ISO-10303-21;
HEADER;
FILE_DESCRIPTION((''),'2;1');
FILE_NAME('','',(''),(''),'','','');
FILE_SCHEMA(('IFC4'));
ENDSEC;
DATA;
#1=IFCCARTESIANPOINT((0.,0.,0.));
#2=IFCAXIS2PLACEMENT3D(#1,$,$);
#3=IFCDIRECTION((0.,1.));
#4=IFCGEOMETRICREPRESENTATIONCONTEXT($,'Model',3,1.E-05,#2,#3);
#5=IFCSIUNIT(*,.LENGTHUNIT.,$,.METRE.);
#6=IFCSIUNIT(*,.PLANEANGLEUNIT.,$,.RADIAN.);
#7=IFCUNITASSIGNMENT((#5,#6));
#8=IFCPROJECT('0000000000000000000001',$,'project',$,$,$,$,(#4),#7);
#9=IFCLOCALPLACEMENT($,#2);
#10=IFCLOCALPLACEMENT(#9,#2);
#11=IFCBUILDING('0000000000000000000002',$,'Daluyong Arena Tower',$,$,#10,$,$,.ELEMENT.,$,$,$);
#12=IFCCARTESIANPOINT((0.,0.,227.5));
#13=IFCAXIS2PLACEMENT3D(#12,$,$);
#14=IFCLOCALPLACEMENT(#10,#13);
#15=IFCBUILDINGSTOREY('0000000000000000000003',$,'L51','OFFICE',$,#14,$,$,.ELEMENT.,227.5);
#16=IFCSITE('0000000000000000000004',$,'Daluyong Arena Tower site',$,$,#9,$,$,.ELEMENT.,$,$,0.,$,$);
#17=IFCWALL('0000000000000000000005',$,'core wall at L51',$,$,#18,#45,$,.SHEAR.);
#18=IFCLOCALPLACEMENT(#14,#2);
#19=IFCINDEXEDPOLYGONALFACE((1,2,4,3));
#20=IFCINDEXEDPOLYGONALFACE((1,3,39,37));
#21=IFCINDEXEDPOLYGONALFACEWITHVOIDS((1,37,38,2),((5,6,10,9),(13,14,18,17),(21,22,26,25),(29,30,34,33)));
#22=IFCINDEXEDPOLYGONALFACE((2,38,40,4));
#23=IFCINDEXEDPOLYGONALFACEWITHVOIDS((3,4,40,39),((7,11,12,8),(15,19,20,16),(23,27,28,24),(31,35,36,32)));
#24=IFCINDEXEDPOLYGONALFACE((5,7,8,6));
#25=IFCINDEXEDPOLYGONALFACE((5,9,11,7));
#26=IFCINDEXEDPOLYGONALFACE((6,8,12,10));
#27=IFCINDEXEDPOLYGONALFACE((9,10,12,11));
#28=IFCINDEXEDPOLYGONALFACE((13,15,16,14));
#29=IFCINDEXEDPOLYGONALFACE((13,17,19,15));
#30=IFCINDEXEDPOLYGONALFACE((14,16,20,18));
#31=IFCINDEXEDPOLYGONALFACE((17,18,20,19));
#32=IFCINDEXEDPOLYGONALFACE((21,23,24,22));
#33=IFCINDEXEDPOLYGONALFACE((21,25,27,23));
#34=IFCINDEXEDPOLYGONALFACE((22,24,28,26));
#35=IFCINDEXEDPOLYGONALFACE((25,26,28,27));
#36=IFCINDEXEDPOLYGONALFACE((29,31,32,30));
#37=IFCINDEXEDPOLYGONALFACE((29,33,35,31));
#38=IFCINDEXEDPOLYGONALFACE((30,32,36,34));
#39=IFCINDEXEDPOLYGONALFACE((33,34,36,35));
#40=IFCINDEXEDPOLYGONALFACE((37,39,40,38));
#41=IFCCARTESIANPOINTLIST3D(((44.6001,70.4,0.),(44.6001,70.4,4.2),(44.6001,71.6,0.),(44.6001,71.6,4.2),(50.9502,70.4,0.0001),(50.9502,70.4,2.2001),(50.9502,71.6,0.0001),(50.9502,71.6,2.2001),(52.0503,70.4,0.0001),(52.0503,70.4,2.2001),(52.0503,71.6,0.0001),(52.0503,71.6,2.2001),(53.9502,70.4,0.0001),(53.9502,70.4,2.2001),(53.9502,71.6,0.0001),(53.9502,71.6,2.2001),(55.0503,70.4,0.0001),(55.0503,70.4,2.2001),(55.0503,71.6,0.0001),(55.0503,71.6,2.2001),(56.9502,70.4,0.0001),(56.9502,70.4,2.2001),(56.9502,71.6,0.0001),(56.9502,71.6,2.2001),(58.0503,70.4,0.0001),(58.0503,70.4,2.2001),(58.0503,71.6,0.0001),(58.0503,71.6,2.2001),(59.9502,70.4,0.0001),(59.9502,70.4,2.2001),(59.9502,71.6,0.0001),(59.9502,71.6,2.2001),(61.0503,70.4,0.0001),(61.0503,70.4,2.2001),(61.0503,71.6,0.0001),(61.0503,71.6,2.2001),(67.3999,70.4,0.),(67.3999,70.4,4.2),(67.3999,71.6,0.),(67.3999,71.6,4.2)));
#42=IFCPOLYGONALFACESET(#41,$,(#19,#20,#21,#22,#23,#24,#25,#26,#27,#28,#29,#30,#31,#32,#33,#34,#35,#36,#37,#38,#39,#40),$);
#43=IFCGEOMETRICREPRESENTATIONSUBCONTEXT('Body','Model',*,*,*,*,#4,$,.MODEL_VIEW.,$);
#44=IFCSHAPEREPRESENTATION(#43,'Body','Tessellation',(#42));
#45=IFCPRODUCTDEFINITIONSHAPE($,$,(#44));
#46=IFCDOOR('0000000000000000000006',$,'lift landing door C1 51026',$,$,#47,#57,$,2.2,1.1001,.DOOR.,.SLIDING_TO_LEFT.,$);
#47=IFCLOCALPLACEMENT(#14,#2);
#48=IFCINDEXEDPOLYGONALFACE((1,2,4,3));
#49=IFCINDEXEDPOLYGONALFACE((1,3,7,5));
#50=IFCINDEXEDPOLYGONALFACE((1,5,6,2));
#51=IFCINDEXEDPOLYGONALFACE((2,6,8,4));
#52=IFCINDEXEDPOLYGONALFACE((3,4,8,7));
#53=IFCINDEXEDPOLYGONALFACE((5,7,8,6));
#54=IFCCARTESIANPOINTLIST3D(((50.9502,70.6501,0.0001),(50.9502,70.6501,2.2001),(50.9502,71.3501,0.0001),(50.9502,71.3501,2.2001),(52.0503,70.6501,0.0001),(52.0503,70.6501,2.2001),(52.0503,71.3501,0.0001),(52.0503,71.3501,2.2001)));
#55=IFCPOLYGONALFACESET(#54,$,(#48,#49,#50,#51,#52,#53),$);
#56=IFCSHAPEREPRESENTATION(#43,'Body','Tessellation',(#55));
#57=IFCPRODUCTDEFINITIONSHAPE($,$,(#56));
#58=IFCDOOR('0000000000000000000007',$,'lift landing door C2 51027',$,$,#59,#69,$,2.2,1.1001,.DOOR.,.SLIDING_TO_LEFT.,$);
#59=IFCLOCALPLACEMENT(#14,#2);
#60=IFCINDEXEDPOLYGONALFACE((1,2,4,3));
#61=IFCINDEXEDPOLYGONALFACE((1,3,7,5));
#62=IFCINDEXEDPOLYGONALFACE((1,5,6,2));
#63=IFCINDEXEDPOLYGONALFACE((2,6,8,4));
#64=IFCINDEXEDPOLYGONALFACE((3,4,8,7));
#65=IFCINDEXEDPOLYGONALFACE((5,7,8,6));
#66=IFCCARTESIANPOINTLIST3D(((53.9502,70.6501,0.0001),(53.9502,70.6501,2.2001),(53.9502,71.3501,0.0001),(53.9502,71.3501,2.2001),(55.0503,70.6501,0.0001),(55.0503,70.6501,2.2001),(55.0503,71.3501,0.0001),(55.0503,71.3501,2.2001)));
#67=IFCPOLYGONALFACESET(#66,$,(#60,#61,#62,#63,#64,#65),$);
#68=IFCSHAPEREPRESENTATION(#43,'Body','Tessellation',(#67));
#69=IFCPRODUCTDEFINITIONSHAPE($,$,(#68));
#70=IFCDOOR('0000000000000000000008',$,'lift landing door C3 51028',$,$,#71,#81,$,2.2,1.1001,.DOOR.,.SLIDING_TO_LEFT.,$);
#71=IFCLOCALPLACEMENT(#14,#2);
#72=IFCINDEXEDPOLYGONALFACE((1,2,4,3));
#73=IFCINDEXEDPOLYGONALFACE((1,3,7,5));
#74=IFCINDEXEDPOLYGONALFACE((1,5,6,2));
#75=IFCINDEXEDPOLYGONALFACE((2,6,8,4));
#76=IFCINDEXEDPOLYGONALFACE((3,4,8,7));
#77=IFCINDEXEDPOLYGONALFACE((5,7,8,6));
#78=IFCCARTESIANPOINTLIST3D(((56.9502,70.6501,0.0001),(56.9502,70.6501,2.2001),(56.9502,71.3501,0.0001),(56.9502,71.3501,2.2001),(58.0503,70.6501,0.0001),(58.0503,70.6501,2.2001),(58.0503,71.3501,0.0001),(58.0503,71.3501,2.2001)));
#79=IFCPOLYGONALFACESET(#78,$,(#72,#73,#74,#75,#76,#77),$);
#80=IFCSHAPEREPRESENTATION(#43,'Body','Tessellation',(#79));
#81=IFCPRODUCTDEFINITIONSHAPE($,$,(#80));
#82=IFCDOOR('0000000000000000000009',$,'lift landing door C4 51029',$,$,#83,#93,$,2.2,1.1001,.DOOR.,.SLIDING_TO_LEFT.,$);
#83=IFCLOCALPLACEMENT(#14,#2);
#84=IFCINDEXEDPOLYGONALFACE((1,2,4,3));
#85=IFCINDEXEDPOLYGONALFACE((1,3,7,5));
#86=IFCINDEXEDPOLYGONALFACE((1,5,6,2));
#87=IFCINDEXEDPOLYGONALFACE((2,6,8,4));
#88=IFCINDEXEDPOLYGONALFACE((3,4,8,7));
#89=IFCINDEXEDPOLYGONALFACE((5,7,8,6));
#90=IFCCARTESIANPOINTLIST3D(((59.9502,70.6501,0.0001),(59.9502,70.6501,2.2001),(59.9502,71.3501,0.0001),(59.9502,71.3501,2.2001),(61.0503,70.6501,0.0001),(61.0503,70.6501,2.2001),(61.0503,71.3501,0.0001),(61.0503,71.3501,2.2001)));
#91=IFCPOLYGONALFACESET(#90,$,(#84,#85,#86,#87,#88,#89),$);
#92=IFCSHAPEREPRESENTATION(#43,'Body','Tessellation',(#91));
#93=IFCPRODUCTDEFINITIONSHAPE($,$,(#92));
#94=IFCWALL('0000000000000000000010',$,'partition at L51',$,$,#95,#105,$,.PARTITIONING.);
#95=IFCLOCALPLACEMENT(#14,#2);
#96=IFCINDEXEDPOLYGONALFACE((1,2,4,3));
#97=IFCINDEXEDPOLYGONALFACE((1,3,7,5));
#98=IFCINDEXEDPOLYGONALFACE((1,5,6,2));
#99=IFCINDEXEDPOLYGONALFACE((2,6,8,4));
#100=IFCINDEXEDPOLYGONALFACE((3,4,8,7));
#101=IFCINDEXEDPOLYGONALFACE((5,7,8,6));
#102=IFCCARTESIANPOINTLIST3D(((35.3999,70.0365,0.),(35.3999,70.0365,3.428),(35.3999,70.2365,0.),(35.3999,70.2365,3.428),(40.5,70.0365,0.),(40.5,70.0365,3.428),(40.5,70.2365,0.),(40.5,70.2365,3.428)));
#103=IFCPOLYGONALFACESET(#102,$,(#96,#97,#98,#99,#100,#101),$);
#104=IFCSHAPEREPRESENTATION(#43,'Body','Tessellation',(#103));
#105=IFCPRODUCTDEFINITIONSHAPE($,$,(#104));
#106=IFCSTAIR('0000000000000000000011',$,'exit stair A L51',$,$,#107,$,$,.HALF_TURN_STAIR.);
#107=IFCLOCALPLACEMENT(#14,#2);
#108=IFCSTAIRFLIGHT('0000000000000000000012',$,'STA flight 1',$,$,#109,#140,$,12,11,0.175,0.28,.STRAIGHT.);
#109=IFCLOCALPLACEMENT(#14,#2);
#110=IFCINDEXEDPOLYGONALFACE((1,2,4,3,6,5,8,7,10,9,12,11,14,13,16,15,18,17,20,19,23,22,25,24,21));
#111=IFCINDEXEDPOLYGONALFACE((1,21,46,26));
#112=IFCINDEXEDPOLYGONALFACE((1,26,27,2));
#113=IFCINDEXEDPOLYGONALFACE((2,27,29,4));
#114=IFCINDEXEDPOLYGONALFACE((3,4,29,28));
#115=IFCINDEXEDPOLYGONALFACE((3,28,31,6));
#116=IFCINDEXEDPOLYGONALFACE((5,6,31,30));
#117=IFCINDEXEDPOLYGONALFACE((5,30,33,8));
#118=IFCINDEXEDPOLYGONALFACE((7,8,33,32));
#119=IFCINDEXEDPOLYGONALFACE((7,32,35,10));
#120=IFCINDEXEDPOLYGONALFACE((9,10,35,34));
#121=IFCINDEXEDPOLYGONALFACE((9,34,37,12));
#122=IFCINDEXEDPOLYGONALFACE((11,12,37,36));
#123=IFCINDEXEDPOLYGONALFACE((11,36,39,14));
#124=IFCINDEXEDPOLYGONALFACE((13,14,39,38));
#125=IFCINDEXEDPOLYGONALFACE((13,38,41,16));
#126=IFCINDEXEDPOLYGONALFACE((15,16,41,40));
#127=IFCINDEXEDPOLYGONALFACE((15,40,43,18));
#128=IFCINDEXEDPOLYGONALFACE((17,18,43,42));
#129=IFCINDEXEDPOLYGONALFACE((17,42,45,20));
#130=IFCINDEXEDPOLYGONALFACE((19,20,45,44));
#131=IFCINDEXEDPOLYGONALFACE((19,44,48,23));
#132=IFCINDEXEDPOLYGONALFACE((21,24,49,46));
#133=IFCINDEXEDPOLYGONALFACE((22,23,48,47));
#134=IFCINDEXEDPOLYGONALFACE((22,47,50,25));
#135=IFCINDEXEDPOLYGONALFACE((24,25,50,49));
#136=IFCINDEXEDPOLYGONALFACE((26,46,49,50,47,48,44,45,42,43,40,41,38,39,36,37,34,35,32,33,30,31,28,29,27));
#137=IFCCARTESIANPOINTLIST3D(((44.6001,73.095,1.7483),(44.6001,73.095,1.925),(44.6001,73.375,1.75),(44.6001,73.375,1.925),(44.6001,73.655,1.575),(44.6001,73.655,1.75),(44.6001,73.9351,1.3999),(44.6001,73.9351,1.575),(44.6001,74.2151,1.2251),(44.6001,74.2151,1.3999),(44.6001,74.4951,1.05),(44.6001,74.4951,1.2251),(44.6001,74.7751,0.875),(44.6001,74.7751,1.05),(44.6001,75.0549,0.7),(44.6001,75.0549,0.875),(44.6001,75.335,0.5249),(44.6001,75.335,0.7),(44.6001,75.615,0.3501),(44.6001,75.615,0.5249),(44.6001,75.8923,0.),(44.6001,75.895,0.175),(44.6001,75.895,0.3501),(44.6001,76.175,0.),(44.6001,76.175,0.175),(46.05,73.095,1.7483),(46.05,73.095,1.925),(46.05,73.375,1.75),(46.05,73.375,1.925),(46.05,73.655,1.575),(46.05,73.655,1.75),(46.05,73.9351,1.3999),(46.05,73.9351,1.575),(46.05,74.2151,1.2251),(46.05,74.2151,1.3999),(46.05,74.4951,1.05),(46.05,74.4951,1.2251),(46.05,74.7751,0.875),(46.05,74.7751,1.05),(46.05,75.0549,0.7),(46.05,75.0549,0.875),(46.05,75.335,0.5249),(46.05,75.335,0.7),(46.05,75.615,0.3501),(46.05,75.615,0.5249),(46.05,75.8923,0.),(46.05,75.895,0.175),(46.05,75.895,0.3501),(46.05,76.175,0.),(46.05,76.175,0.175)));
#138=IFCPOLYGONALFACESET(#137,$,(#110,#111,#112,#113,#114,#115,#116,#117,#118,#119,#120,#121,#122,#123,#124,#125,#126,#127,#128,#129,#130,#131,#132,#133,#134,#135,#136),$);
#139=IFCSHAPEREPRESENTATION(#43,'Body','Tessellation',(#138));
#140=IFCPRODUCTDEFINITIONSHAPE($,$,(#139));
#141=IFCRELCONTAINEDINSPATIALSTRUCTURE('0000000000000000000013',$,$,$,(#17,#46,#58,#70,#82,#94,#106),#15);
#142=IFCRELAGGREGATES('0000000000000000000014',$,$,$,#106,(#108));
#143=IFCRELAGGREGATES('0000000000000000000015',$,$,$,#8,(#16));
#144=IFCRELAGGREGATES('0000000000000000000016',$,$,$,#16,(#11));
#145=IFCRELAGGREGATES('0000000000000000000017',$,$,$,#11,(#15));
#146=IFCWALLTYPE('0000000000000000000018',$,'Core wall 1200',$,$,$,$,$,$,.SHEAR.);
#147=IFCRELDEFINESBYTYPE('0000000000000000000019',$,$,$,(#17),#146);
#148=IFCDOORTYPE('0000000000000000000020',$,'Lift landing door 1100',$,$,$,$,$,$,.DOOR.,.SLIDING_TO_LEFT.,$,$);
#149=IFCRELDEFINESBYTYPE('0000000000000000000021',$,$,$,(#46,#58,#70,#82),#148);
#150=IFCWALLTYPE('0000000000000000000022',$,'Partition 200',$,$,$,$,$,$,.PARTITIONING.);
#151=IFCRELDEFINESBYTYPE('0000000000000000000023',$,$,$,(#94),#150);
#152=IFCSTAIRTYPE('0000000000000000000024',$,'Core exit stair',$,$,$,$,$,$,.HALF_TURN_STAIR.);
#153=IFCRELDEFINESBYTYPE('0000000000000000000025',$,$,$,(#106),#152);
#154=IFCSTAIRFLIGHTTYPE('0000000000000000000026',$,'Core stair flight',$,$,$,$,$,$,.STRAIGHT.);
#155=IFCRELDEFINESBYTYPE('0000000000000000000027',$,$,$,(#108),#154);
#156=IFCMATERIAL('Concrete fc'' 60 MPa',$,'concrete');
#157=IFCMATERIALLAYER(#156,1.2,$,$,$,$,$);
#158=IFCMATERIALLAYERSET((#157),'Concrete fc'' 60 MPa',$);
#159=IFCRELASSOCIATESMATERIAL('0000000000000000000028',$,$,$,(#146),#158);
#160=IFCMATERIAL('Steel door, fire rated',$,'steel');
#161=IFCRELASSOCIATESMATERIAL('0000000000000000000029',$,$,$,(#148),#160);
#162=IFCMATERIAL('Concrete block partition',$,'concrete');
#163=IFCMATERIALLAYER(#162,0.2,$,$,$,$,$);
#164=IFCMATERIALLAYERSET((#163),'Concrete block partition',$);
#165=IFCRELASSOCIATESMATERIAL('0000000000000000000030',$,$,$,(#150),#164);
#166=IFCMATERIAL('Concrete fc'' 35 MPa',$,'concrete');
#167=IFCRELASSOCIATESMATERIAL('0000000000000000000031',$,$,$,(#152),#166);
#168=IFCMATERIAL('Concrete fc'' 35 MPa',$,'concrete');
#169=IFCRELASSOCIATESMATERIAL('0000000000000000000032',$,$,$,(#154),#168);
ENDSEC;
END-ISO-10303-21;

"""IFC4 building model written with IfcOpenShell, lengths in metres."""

from ifc_helpers import new_model, si_unit, direction, frame, frame_2d, origin, place, context, subcontext, project, spatial, polyline, rectangle, outline, extrude, material, layer, layer_set, type_object, element, fill, aggregate, save


model = new_model("IFC4")

# Units and contexts
model_context = context("Model", 3, precision=1e-05, world=origin(), true_north=direction((0.0, 1.0)))
body_context = subcontext(model_context, "Body", "Model", "MODEL_VIEW")
ifc_project = project(units=[si_unit("LENGTHUNIT", "METRE"), si_unit("PLANEANGLEUNIT", "RADIAN")], contexts=[model_context])

# Site, building, storey
site_placement = place(None, origin())
site = spatial("IfcSite", under=ifc_project, at=site_placement, Name="Daluyong Arena Tower site", CompositionType="ELEMENT", RefElevation=0.0)
building_placement = place(site_placement, origin())
building = spatial("IfcBuilding", under=site, at=building_placement, Name="Daluyong Arena Tower", CompositionType="ELEMENT")
storey_placement = place(building_placement, frame((0.0, 0.0, 227.5)))
storey = spatial("IfcBuildingStorey", under=building, at=storey_placement, Name="L51", Description="OFFICE", CompositionType="ELEMENT", Elevation=227.5)

# Shared definitions
ifc_material_1 = material(Name="Concrete fc' 60 MPa", Category="concrete")
ifc_layer_1 = layer(ifc_material_1, 1.2)
ifc_layer_set_1 = layer_set([ifc_layer_1], Name="Concrete fc' 60 MPa")
wall_type_1 = type_object("IfcWallType", Name="Core wall 1200", PredefinedType="SHEAR", material=ifc_layer_set_1)

# Wall, openings, doors
wall_1_placement = place(storey_placement, frame((44.6001, 71.0, 0.0), z_axis=(0.0, 0.0, 1.0), x_axis=(1.0, 0.0, 0.0)))
wall_1 = element("IfcWall", 1, at=wall_1_placement, inside=storey, type_object=wall_type_1, Name="core wall at L51", PredefinedType="SHEAR", context=body_context, shape_type="SweptSolid", body=[
    extrude(rectangle(XDim=22.7998, YDim=1.2, at=frame_2d((11.3999, 0.0))), origin(), (0.0, 0.0, 1.0), 4.2),
])
opening_1_placement = place(wall_1_placement, frame((6.3501, 0.0, 0.0)))
opening_1 = element("IfcOpeningElement", 2, at=opening_1_placement, cuts=wall_1, PredefinedType="OPENING", context=body_context, shape_type="SweptSolid", body=[
    extrude(rectangle(XDim=1.1001, YDim=2.2, at=frame_2d((0.55, 1.1001))), frame((0.0, 0.6099, 0.0), z_axis=(0.0, -1.0, 0.0), x_axis=(1.0, 0.0, 0.0)), (0.0, 0.0, 1.0), 1.22),
])
opening_2_placement = place(wall_1_placement, frame((9.3501, 0.0, 0.0)))
opening_2 = element("IfcOpeningElement", 3, at=opening_2_placement, cuts=wall_1, PredefinedType="OPENING", context=body_context, shape_type="SweptSolid", body=[
    extrude(rectangle(XDim=1.1001, YDim=2.2, at=frame_2d((0.55, 1.1001))), frame((0.0, 0.6099, 0.0), z_axis=(0.0, -1.0, 0.0), x_axis=(1.0, 0.0, 0.0)), (0.0, 0.0, 1.0), 1.22),
])
opening_3_placement = place(wall_1_placement, frame((12.3501, 0.0, 0.0)))
opening_3 = element("IfcOpeningElement", 4, at=opening_3_placement, cuts=wall_1, PredefinedType="OPENING", context=body_context, shape_type="SweptSolid", body=[
    extrude(rectangle(XDim=1.1001, YDim=2.2, at=frame_2d((0.55, 1.1001))), frame((0.0, 0.6099, 0.0), z_axis=(0.0, -1.0, 0.0), x_axis=(1.0, 0.0, 0.0)), (0.0, 0.0, 1.0), 1.22),
])
opening_4_placement = place(wall_1_placement, frame((15.3501, 0.0, 0.0)))
opening_4 = element("IfcOpeningElement", 5, at=opening_4_placement, cuts=wall_1, PredefinedType="OPENING", context=body_context, shape_type="SweptSolid", body=[
    extrude(rectangle(XDim=1.1001, YDim=2.2, at=frame_2d((0.55, 1.1001))), frame((0.0, 0.6099, 0.0), z_axis=(0.0, -1.0, 0.0), x_axis=(1.0, 0.0, 0.0)), (0.0, 0.0, 1.0), 1.22),
])
ifc_material_2 = material(Name="Steel door, fire rated", Category="steel")
door_type_1 = type_object("IfcDoorType", Name="Lift landing door 1100", OperationType="SLIDING_TO_LEFT", PredefinedType="DOOR", material=ifc_material_2)
door_1_placement = place(opening_1_placement, origin())
door_1 = element("IfcDoor", 6, at=door_1_placement, inside=storey, type_object=door_type_1, Name="lift landing door C1 51026", OperationType="SLIDING_TO_LEFT", OverallHeight=2.2, OverallWidth=1.1001, PredefinedType="DOOR", context=body_context, shape_type="SweptSolid", body=[
    extrude(rectangle(XDim=1.1001, YDim=2.2, at=frame_2d((0.55, 1.1001))), frame((0.0, 0.3501, 0.0), z_axis=(0.0, -1.0, 0.0), x_axis=(1.0, 0.0, 0.0)), (0.0, 0.0, 1.0), 0.7),
])
fill(opening_1, door_1)
door_2_placement = place(opening_2_placement, origin())
door_2 = element("IfcDoor", 7, at=door_2_placement, inside=storey, type_object=door_type_1, Name="lift landing door C2 51027", OperationType="SLIDING_TO_LEFT", OverallHeight=2.2, OverallWidth=1.1001, PredefinedType="DOOR", context=body_context, shape_type="SweptSolid", body=[
    extrude(rectangle(XDim=1.1001, YDim=2.2, at=frame_2d((0.55, 1.1001))), frame((0.0, 0.3501, 0.0), z_axis=(0.0, -1.0, 0.0), x_axis=(1.0, 0.0, 0.0)), (0.0, 0.0, 1.0), 0.7),
])
fill(opening_2, door_2)
door_3_placement = place(opening_3_placement, origin())
door_3 = element("IfcDoor", 8, at=door_3_placement, inside=storey, type_object=door_type_1, Name="lift landing door C3 51028", OperationType="SLIDING_TO_LEFT", OverallHeight=2.2, OverallWidth=1.1001, PredefinedType="DOOR", context=body_context, shape_type="SweptSolid", body=[
    extrude(rectangle(XDim=1.1001, YDim=2.2, at=frame_2d((0.55, 1.1001))), frame((0.0, 0.3501, 0.0), z_axis=(0.0, -1.0, 0.0), x_axis=(1.0, 0.0, 0.0)), (0.0, 0.0, 1.0), 0.7),
])
fill(opening_3, door_3)
door_4_placement = place(opening_4_placement, origin())
door_4 = element("IfcDoor", 9, at=door_4_placement, inside=storey, type_object=door_type_1, Name="lift landing door C4 51029", OperationType="SLIDING_TO_LEFT", OverallHeight=2.2, OverallWidth=1.1001, PredefinedType="DOOR", context=body_context, shape_type="SweptSolid", body=[
    extrude(rectangle(XDim=1.1001, YDim=2.2, at=frame_2d((0.55, 1.1001))), frame((0.0, 0.3501, 0.0), z_axis=(0.0, -1.0, 0.0), x_axis=(1.0, 0.0, 0.0)), (0.0, 0.0, 1.0), 0.7),
])
fill(opening_4, door_4)

# Wall
ifc_material_3 = material(Name="Concrete block partition", Category="concrete")
ifc_layer_2 = layer(ifc_material_3, 0.2)
ifc_layer_set_2 = layer_set([ifc_layer_2], Name="Concrete block partition")
wall_type_2 = type_object("IfcWallType", Name="Partition 200", PredefinedType="PARTITIONING", material=ifc_layer_set_2)
wall_2_placement = place(storey_placement, frame((35.3999, 70.1365, 0.0), z_axis=(0.0, 0.0, 1.0), x_axis=(1.0, 0.0, 0.0)))
element("IfcWall", 10, at=wall_2_placement, inside=storey, type_object=wall_type_2, Name="partition at L51", PredefinedType="PARTITIONING", context=body_context, shape_type="SweptSolid", body=[
    extrude(rectangle(XDim=5.1001, YDim=0.2, at=frame_2d((2.55, 0.0))), origin(), (0.0, 0.0, 1.0), 3.428),
])

# Stair, stair flight
ifc_material_4 = material(Name="Concrete fc' 35 MPa", Category="concrete")
stair_type = type_object("IfcStairType", Name="Core exit stair", PredefinedType="HALF_TURN_STAIR", material=ifc_material_4)
stair_placement = place(storey_placement, origin())
stair = element("IfcStair", 11, at=stair_placement, inside=storey, type_object=stair_type, Name="exit stair A L51", PredefinedType="HALF_TURN_STAIR")
ifc_material_5 = material(Name="Concrete fc' 35 MPa", Category="concrete")
stair_flight_type = type_object("IfcStairFlightType", Name="Core stair flight", PredefinedType="STRAIGHT", material=ifc_material_5)
stair_flight_1_placement = place(storey_placement, frame((45.325, 76.175, 0.0), z_axis=(0.0, 0.0, 1.0), x_axis=(0.0, -1.0, 0.0)))
stair_flight_1 = element("IfcStairFlight", 12, at=stair_flight_1_placement, type_object=stair_flight_type, Name="STA flight 1", NumberOfRisers=12, NumberOfTreads=11, PredefinedType="STRAIGHT", RiserHeight=0.175, TreadLength=0.28, context=body_context, shape_type="SweptSolid", body=[
    extrude(outline(polyline([(0.0, 0.0), (0.0, 0.175), (0.28, 0.175), (0.28, 0.3501), (0.5601, 0.3501), (0.5601, 0.5249), (0.8401, 0.5249), (0.8401, 0.7), (1.1201, 0.7), (1.1201, 0.875), (1.3999, 0.875), (1.3999, 1.05), (1.6799, 1.05), (1.6799, 1.2251), (1.96, 1.2251), (1.96, 1.3999), (2.24, 1.3999), (2.24, 1.575), (2.52, 1.575), (2.52, 1.75), (2.8, 1.75), (2.8, 1.925), (3.0801, 1.925), (3.0801, 2.1001), (3.0801, 1.7483), (0.2827, 0.0), (0.0, 0.0)])), frame((0.0, 0.7251, 0.0), z_axis=(0.0, -1.0, 0.0), x_axis=(1.0, 0.0, 0.0)), (0.0, 0.0, 1.0), 1.45),
])
aggregate(stair, [stair_flight_1])

save(model, "model.ifc")
